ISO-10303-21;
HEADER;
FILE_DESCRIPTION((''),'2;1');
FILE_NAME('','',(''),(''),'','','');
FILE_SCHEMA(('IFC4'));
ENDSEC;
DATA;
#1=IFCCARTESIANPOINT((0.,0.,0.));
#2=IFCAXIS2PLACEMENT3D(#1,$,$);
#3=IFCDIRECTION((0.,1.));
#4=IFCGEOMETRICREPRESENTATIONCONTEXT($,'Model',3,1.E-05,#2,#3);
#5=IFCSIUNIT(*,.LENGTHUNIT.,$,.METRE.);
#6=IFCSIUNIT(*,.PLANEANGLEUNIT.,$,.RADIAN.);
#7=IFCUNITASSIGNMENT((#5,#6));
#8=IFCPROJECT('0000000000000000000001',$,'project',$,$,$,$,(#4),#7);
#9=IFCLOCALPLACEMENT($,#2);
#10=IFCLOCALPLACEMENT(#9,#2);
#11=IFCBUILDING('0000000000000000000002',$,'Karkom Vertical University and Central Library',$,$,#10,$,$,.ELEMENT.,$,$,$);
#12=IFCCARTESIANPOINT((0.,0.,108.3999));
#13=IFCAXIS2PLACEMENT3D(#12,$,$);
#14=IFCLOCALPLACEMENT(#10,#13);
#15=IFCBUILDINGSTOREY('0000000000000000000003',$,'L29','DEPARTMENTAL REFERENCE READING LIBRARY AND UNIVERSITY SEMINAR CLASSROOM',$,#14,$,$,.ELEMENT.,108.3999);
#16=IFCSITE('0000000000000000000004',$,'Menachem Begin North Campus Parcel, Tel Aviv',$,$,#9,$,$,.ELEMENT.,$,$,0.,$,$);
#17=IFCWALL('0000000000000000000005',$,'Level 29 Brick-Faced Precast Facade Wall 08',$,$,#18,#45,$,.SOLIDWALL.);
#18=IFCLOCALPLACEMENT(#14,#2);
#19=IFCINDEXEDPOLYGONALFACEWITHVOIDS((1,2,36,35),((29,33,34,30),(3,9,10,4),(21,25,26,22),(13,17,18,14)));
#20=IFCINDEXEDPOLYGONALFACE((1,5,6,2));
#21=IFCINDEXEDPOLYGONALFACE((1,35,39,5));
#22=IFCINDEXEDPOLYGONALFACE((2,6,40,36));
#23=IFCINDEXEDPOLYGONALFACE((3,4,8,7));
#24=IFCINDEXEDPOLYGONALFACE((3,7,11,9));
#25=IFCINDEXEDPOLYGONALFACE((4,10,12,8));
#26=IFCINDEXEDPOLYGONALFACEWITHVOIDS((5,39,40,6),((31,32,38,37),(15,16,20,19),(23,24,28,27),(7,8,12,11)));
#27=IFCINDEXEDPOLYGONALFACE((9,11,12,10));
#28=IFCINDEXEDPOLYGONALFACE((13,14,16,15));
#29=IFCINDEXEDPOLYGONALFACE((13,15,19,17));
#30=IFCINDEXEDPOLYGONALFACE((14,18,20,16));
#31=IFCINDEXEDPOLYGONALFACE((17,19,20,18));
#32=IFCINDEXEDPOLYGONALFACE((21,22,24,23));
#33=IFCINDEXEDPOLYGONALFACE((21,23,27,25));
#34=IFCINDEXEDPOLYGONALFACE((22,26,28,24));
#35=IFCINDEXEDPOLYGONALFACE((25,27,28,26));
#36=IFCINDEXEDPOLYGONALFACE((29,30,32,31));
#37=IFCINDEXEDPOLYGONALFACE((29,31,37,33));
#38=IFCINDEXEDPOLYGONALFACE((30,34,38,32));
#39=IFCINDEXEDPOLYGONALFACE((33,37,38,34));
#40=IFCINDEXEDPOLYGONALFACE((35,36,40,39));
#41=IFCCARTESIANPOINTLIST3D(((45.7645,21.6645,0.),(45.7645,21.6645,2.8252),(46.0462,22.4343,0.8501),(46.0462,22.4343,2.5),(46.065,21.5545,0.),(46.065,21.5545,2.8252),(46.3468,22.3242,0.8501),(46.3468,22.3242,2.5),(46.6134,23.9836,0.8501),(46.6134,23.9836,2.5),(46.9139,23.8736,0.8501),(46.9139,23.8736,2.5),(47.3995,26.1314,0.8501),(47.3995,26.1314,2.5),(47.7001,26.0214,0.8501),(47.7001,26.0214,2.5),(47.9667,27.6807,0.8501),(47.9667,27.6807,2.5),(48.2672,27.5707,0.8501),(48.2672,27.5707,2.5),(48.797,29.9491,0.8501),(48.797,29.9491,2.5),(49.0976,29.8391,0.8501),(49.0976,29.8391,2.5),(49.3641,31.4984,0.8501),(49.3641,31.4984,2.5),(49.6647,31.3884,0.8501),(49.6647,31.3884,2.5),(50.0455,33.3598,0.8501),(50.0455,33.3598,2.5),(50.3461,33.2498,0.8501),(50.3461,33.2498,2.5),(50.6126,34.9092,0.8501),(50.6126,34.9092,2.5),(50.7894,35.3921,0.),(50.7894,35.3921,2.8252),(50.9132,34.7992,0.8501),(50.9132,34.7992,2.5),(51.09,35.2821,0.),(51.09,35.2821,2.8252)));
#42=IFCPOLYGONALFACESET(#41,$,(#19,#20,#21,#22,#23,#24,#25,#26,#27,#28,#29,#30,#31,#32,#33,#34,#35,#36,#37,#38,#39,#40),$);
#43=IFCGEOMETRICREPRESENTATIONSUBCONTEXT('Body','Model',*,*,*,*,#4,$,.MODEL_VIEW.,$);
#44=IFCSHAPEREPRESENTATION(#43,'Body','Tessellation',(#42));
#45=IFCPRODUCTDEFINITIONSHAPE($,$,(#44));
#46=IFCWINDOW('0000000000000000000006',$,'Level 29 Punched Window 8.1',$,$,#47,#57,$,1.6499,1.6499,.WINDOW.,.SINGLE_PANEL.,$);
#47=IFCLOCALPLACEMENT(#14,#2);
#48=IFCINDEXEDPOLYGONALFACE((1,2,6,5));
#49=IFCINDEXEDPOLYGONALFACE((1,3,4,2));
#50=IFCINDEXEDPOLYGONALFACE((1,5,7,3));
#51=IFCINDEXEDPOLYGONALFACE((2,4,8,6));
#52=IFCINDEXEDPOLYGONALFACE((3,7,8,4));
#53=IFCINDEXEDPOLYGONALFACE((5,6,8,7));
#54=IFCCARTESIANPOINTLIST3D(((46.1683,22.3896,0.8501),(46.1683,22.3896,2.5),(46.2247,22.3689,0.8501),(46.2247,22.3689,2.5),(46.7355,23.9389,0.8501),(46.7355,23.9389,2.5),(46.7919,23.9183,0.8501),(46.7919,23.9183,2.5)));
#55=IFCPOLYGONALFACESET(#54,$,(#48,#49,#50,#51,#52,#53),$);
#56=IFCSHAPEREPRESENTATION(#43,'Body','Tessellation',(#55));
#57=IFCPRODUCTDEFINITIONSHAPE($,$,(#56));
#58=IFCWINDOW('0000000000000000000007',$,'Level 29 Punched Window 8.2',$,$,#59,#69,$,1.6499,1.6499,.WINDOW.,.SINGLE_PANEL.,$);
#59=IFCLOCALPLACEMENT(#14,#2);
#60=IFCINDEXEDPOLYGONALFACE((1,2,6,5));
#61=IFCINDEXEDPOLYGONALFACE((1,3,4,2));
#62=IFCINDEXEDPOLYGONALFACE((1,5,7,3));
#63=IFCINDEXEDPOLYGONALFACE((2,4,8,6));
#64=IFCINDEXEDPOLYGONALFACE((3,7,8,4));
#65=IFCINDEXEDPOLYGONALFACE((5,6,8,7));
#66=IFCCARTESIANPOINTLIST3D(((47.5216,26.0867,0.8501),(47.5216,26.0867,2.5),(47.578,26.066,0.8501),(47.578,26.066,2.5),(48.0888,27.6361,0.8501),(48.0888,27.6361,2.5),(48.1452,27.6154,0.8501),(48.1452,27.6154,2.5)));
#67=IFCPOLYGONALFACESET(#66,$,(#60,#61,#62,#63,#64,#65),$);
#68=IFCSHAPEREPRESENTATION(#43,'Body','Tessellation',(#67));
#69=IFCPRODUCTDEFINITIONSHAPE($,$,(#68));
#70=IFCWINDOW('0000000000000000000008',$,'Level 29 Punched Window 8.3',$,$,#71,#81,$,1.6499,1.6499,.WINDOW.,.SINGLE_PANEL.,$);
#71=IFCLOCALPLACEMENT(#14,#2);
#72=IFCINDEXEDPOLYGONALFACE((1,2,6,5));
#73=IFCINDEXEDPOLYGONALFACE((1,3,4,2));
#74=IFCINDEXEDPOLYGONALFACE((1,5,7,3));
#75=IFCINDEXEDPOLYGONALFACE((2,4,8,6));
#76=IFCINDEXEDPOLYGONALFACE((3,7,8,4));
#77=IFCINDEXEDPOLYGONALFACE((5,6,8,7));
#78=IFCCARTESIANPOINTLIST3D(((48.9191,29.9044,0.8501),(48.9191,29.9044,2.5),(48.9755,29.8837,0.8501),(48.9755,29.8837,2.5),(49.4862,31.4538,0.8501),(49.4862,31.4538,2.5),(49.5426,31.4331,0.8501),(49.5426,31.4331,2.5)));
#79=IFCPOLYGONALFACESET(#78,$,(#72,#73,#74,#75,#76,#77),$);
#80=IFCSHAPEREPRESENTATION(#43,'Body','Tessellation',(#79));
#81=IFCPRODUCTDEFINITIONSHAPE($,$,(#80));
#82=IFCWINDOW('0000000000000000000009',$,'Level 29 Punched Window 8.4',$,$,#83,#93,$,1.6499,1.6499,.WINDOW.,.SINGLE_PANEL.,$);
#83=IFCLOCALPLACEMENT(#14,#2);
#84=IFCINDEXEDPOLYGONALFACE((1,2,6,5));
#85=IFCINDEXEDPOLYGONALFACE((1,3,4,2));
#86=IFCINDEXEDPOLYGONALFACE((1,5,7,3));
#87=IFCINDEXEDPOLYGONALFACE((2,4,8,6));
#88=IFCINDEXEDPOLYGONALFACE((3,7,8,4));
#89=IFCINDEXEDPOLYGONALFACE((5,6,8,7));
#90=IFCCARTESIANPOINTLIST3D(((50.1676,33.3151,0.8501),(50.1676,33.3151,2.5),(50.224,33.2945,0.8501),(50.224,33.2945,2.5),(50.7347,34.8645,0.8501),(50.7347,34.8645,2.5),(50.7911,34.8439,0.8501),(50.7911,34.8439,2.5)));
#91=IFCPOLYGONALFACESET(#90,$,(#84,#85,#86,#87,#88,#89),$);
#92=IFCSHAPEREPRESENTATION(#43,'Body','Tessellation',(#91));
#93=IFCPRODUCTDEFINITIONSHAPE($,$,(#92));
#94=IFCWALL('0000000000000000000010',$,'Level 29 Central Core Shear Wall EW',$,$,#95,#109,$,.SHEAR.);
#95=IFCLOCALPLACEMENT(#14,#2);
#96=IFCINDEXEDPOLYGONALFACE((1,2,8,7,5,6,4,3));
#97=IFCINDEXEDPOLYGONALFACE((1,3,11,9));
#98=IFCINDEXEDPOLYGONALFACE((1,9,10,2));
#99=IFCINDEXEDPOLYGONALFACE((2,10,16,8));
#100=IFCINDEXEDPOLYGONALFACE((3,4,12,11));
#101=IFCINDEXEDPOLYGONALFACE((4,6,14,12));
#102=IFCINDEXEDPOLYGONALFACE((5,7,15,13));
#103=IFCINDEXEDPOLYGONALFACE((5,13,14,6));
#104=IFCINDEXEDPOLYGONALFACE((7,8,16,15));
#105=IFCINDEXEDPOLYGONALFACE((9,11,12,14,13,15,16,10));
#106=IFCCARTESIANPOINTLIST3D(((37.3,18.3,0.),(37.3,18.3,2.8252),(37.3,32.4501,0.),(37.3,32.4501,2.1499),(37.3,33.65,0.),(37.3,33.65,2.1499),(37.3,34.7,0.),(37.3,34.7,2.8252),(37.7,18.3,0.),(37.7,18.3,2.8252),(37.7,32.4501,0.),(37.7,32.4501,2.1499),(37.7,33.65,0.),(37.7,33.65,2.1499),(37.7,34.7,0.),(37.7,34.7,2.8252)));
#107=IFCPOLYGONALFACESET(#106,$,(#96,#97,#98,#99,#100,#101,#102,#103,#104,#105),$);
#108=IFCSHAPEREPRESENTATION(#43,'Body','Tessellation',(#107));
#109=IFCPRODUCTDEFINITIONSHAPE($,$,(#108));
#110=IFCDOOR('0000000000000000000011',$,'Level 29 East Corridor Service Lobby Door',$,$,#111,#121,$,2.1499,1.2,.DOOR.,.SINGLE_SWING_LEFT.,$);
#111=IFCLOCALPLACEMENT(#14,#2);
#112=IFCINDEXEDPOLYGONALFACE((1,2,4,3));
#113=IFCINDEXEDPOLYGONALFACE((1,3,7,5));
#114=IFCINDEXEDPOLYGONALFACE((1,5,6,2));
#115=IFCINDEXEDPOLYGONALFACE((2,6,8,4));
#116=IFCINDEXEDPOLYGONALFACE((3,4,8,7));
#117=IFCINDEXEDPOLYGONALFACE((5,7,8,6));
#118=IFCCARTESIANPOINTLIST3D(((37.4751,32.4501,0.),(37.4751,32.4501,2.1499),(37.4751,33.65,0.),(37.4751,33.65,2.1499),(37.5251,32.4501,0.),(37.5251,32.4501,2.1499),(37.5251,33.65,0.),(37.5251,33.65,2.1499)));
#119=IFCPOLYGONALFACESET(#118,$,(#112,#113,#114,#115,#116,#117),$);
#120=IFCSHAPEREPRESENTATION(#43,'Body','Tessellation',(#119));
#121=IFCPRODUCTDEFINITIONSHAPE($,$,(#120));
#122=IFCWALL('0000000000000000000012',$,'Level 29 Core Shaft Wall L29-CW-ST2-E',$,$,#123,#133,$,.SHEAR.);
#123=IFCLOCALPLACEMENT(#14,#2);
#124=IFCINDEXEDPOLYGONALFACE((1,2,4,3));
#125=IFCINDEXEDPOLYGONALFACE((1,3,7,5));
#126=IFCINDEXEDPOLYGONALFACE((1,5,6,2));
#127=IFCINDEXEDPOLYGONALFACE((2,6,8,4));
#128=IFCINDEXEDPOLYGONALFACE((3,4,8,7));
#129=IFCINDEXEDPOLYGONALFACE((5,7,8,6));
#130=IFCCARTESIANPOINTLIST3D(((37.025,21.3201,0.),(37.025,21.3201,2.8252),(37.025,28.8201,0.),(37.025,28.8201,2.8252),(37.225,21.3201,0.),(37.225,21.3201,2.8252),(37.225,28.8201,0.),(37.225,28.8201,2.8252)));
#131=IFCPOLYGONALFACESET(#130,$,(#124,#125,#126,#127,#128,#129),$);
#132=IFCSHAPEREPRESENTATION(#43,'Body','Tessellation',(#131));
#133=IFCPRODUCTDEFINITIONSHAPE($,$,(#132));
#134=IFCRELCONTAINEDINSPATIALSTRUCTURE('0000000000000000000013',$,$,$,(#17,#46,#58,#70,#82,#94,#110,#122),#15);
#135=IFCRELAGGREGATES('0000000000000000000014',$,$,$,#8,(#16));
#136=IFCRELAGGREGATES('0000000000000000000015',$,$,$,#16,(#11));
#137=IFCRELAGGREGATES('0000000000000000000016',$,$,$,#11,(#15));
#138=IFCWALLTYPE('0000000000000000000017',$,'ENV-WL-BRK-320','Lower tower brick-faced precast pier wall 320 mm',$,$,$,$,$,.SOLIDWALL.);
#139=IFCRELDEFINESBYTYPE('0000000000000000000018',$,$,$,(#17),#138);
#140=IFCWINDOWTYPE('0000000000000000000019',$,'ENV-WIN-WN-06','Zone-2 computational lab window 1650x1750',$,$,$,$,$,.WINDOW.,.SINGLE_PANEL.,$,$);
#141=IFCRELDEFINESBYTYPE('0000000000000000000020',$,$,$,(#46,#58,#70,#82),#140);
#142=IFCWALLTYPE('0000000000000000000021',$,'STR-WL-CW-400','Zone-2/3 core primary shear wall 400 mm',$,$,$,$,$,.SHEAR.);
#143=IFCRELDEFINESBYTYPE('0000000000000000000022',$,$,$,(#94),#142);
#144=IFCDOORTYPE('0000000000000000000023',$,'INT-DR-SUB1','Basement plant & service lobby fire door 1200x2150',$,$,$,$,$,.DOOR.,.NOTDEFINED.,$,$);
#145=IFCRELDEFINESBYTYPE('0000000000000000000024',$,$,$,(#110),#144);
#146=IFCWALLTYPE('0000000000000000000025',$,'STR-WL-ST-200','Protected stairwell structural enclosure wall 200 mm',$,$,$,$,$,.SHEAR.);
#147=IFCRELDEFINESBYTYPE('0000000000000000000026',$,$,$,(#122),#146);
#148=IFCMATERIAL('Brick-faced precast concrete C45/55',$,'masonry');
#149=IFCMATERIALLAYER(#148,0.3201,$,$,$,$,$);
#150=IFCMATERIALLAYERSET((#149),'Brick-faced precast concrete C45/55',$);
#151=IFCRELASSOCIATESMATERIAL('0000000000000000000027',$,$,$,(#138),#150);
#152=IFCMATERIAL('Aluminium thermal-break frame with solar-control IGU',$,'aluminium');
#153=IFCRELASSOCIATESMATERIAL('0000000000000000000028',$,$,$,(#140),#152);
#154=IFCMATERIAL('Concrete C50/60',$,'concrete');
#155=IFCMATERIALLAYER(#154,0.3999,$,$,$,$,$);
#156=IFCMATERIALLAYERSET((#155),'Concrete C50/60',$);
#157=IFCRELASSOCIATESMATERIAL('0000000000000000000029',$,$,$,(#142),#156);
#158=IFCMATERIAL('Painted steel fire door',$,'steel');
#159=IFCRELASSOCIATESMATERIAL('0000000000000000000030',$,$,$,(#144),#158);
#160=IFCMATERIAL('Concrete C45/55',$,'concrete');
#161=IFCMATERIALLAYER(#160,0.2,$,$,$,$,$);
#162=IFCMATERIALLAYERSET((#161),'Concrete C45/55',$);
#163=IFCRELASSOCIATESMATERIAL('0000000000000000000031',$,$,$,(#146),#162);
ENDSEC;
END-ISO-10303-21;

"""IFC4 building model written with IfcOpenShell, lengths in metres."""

from ifc_helpers import new_model, si_unit, direction, frame, frame_2d, origin, origin_with_axes, place, context, subcontext, project, spatial, rectangle, extrude, source, transform, mapped, material, layer, layer_set, type_object, element, fill, save


model = new_model("IFC4")

# Units and contexts
model_context = context("Model", 3, precision=1e-05, world=origin(), true_north=direction((0.0, 1.0)))
body_context = subcontext(model_context, "Body", "Model", "MODEL_VIEW")
ifc_project = project(units=[si_unit("LENGTHUNIT", "METRE"), si_unit("PLANEANGLEUNIT", "RADIAN")], contexts=[model_context])

# Site, building, storey
site_placement = place(None, origin())
site = spatial("IfcSite", under=ifc_project, at=site_placement, Name="Menachem Begin North Campus Parcel, Tel Aviv", CompositionType="ELEMENT", RefElevation=0.0)
building_placement = place(site_placement, origin())
building = spatial("IfcBuilding", under=site, at=building_placement, Name="Karkom Vertical University and Central Library", CompositionType="ELEMENT")
storey_placement = place(building_placement, frame((0.0, 0.0, 108.3999)))
storey = spatial("IfcBuildingStorey", under=building, at=storey_placement, Name="L29", Description="DEPARTMENTAL REFERENCE READING LIBRARY AND UNIVERSITY SEMINAR CLASSROOM", CompositionType="ELEMENT", Elevation=108.3999)

# Shared definitions
ifc_material_1 = material(Name="Concrete C50/60", Category="concrete")

# Wall, openings, windows
ifc_material_2 = material(Name="Brick-faced precast concrete C45/55", Category="masonry")
ifc_layer_1 = layer(ifc_material_2, 0.3201)
ifc_layer_set_1 = layer_set([ifc_layer_1], Name="Brick-faced precast concrete C45/55")
wall_type_1 = type_object("IfcWallType", Name="ENV-WL-BRK-320", Description="Lower tower brick-faced precast pier wall 320 mm", PredefinedType="SOLIDWALL", material=ifc_layer_set_1)
wall_1_placement = place(storey_placement, frame((45.9148, 21.6096, 0.0), z_axis=(0.0, 0.0, 1.0), x_axis=(0.34374, 0.939065, 0.0)))
wall_1 = element("IfcWall", 1, at=wall_1_placement, inside=storey, type_object=wall_type_1, Name="Level 29 Brick-Faced Precast Facade Wall 08", PredefinedType="SOLIDWALL", context=body_context, shape_type="SweptSolid", body=[
    extrude(rectangle(XDim=14.6184, YDim=0.3201, at=frame_2d((7.3091, 0.0))), origin(), (0.0, 0.0, 1.0), 2.8252),
])
opening_1_placement = place(wall_1_placement, frame((0.8196, 0.0, 0.8501)))
opening_1 = element("IfcOpeningElement", 2, at=opening_1_placement, cuts=wall_1, PredefinedType="OPENING", context=body_context, shape_type="SweptSolid", body=[
    extrude(rectangle(XDim=1.6499, YDim=1.6499, at=frame_2d((0.825, 0.825))), frame((0.0, 0.1699, 0.0), z_axis=(0.0, -1.0, 0.0), x_axis=(1.0, 0.0, 0.0)), (0.0, 0.0, 1.0), 0.3401),
])
opening_2_placement = place(wall_1_placement, frame((4.7566, 0.0, 0.8501)))
opening_2 = element("IfcOpeningElement", 3, at=opening_2_placement, cuts=wall_1, PredefinedType="OPENING", context=body_context, shape_type="SweptSolid", body=[
    extrude(rectangle(XDim=1.6499, YDim=1.6499, at=frame_2d((0.825, 0.825))), frame((0.0, 0.1699, 0.0), z_axis=(0.0, -1.0, 0.0), x_axis=(1.0, 0.0, 0.0)), (0.0, 0.0, 1.0), 0.3401),
])
opening_3_placement = place(wall_1_placement, frame((8.822, 0.0, 0.8501)))
opening_3 = element("IfcOpeningElement", 4, at=opening_3_placement, cuts=wall_1, PredefinedType="OPENING", context=body_context, shape_type="SweptSolid", body=[
    extrude(rectangle(XDim=1.6499, YDim=1.6499, at=frame_2d((0.825, 0.825))), frame((0.0, 0.1699, 0.0), z_axis=(0.0, -1.0, 0.0), x_axis=(1.0, 0.0, 0.0)), (0.0, 0.0, 1.0), 0.3401),
])
opening_4_placement = place(wall_1_placement, frame((12.4541, 0.0, 0.8501)))
opening_4 = element("IfcOpeningElement", 5, at=opening_4_placement, cuts=wall_1, PredefinedType="OPENING", context=body_context, shape_type="SweptSolid", body=[
    extrude(rectangle(XDim=1.6499, YDim=1.6499, at=frame_2d((0.825, 0.825))), frame((0.0, 0.1699, 0.0), z_axis=(0.0, -1.0, 0.0), x_axis=(1.0, 0.0, 0.0)), (0.0, 0.0, 1.0), 0.3401),
])
ifc_material_3 = material(Name="Aluminium thermal-break frame with solar-control IGU", Category="aluminium")
window_type = type_object("IfcWindowType", Name="ENV-WIN-WN-06", Description="Zone-2 computational lab window 1650x1750", PartitioningType="SINGLE_PANEL", PredefinedType="WINDOW", material=ifc_material_3)
shared_shape_1 = source(origin_with_axes(), body_context, "Body", "SweptSolid", [
    extrude(rectangle(XDim=1.6499, YDim=1.6499, at=frame_2d((0.825, 0.825))), frame((0.0, 0.03, 0.0), z_axis=(0.0, -1.0, 0.0), x_axis=(1.0, 0.0, 0.0)), (0.0, 0.0, 1.0), 0.0601),
])
window_1_placement = place(opening_1_placement, origin())
window_1 = element("IfcWindow", 6, at=window_1_placement, inside=storey, type_object=window_type, Name="Level 29 Punched Window 8.1", OverallHeight=1.6499, OverallWidth=1.6499, PartitioningType="SINGLE_PANEL", PredefinedType="WINDOW", context=body_context, shape_type="MappedRepresentation", body=[
    mapped(shared_shape_1, transform((0.0, 0.0, 0.0), scale=1.0)),
])
fill(opening_1, window_1)
window_2_placement = place(opening_2_placement, origin())
window_2 = element("IfcWindow", 7, at=window_2_placement, inside=storey, type_object=window_type, Name="Level 29 Punched Window 8.2", OverallHeight=1.6499, OverallWidth=1.6499, PartitioningType="SINGLE_PANEL", PredefinedType="WINDOW", context=body_context, shape_type="MappedRepresentation", body=[
    mapped(shared_shape_1, transform((0.0, 0.0, 0.0), scale=1.0)),
])
fill(opening_2, window_2)
window_3_placement = place(opening_3_placement, origin())
window_3 = element("IfcWindow", 8, at=window_3_placement, inside=storey, type_object=window_type, Name="Level 29 Punched Window 8.3", OverallHeight=1.6499, OverallWidth=1.6499, PartitioningType="SINGLE_PANEL", PredefinedType="WINDOW", context=body_context, shape_type="MappedRepresentation", body=[
    mapped(shared_shape_1, transform((0.0, 0.0, 0.0), scale=1.0)),
])
fill(opening_3, window_3)
window_4_placement = place(opening_4_placement, origin())
window_4 = element("IfcWindow", 9, at=window_4_placement, inside=storey, type_object=window_type, Name="Level 29 Punched Window 8.4", OverallHeight=1.6499, OverallWidth=1.6499, PartitioningType="SINGLE_PANEL", PredefinedType="WINDOW", context=body_context, shape_type="MappedRepresentation", body=[
    mapped(shared_shape_1, transform((0.0, 0.0, 0.0), scale=1.0)),
])
fill(opening_4, window_4)

# Wall, opening, door
ifc_layer_2 = layer(ifc_material_1, 0.3999)
ifc_layer_set_2 = layer_set([ifc_layer_2], Name="Concrete C50/60")
wall_type_2 = type_object("IfcWallType", Name="STR-WL-CW-400", Description="Zone-2/3 core primary shear wall 400 mm", PredefinedType="SHEAR", material=ifc_layer_set_2)
wall_2_placement = place(storey_placement, frame((37.5, 18.3, 0.0), z_axis=(0.0, 0.0, 1.0), x_axis=(0.0, 1.0, 0.0)))
wall_2 = element("IfcWall", 10, at=wall_2_placement, inside=storey, type_object=wall_type_2, Name="Level 29 Central Core Shear Wall EW", PredefinedType="SHEAR", context=body_context, shape_type="SweptSolid", body=[
    extrude(rectangle(XDim=16.3999, YDim=0.3999, at=frame_2d((8.2, 0.0))), origin(), (0.0, 0.0, 1.0), 2.8252),
])
opening_5_placement = place(wall_2_placement, frame((14.1499, 0.0, 0.0)))
opening_5 = element("IfcOpeningElement", 11, at=opening_5_placement, cuts=wall_2, PredefinedType="OPENING", context=body_context, shape_type="SweptSolid", body=[
    extrude(rectangle(XDim=1.2, YDim=2.1499, at=frame_2d((0.6001, 1.075))), frame((0.0, 0.21, 0.0), z_axis=(0.0, -1.0, 0.0), x_axis=(1.0, 0.0, 0.0)), (0.0, 0.0, 1.0), 0.4199),
])
ifc_material_4 = material(Name="Painted steel fire door", Category="steel")
door_type = type_object("IfcDoorType", Name="INT-DR-SUB1", Description="Basement plant & service lobby fire door 1200x2150", OperationType="NOTDEFINED", PredefinedType="DOOR", material=ifc_material_4)
shared_shape_2 = source(origin_with_axes(), body_context, "Body", "SweptSolid", [
    extrude(rectangle(XDim=1.2, YDim=2.1499, at=frame_2d((0.6001, 1.075))), frame((0.0, 0.0249, 0.0), z_axis=(0.0, -1.0, 0.0), x_axis=(1.0, 0.0, 0.0)), (0.0, 0.0, 1.0), 0.05),
])
door_placement = place(opening_5_placement, origin())
door = element("IfcDoor", 12, at=door_placement, inside=storey, type_object=door_type, Name="Level 29 East Corridor Service Lobby Door", OperationType="SINGLE_SWING_LEFT", OverallHeight=2.1499, OverallWidth=1.2, PredefinedType="DOOR", context=body_context, shape_type="MappedRepresentation", body=[
    mapped(shared_shape_2, transform((0.0, 0.0, 0.0), scale=1.0)),
])
fill(opening_5, door)

# Wall
ifc_material_5 = material(Name="Concrete C45/55", Category="concrete")
ifc_layer_3 = layer(ifc_material_5, 0.2)
ifc_layer_set_3 = layer_set([ifc_layer_3], Name="Concrete C45/55")
wall_type_3 = type_object("IfcWallType", Name="STR-WL-ST-200", Description="Protected stairwell structural enclosure wall 200 mm", PredefinedType="SHEAR", material=ifc_layer_set_3)
wall_3_placement = place(storey_placement, frame((37.125, 21.3201, 0.0), z_axis=(0.0, 0.0, 1.0), x_axis=(0.0, 1.0, 0.0)))
element("IfcWall", 13, at=wall_3_placement, inside=storey, type_object=wall_type_3, Name="Level 29 Core Shaft Wall L29-CW-ST2-E", PredefinedType="SHEAR", context=body_context, shape_type="SweptSolid", body=[
    extrude(rectangle(XDim=7.5, YDim=0.2, at=frame_2d((3.75, 0.0))), origin(), (0.0, 0.0, 1.0), 2.8252),
])

save(model, "model.ifc")
